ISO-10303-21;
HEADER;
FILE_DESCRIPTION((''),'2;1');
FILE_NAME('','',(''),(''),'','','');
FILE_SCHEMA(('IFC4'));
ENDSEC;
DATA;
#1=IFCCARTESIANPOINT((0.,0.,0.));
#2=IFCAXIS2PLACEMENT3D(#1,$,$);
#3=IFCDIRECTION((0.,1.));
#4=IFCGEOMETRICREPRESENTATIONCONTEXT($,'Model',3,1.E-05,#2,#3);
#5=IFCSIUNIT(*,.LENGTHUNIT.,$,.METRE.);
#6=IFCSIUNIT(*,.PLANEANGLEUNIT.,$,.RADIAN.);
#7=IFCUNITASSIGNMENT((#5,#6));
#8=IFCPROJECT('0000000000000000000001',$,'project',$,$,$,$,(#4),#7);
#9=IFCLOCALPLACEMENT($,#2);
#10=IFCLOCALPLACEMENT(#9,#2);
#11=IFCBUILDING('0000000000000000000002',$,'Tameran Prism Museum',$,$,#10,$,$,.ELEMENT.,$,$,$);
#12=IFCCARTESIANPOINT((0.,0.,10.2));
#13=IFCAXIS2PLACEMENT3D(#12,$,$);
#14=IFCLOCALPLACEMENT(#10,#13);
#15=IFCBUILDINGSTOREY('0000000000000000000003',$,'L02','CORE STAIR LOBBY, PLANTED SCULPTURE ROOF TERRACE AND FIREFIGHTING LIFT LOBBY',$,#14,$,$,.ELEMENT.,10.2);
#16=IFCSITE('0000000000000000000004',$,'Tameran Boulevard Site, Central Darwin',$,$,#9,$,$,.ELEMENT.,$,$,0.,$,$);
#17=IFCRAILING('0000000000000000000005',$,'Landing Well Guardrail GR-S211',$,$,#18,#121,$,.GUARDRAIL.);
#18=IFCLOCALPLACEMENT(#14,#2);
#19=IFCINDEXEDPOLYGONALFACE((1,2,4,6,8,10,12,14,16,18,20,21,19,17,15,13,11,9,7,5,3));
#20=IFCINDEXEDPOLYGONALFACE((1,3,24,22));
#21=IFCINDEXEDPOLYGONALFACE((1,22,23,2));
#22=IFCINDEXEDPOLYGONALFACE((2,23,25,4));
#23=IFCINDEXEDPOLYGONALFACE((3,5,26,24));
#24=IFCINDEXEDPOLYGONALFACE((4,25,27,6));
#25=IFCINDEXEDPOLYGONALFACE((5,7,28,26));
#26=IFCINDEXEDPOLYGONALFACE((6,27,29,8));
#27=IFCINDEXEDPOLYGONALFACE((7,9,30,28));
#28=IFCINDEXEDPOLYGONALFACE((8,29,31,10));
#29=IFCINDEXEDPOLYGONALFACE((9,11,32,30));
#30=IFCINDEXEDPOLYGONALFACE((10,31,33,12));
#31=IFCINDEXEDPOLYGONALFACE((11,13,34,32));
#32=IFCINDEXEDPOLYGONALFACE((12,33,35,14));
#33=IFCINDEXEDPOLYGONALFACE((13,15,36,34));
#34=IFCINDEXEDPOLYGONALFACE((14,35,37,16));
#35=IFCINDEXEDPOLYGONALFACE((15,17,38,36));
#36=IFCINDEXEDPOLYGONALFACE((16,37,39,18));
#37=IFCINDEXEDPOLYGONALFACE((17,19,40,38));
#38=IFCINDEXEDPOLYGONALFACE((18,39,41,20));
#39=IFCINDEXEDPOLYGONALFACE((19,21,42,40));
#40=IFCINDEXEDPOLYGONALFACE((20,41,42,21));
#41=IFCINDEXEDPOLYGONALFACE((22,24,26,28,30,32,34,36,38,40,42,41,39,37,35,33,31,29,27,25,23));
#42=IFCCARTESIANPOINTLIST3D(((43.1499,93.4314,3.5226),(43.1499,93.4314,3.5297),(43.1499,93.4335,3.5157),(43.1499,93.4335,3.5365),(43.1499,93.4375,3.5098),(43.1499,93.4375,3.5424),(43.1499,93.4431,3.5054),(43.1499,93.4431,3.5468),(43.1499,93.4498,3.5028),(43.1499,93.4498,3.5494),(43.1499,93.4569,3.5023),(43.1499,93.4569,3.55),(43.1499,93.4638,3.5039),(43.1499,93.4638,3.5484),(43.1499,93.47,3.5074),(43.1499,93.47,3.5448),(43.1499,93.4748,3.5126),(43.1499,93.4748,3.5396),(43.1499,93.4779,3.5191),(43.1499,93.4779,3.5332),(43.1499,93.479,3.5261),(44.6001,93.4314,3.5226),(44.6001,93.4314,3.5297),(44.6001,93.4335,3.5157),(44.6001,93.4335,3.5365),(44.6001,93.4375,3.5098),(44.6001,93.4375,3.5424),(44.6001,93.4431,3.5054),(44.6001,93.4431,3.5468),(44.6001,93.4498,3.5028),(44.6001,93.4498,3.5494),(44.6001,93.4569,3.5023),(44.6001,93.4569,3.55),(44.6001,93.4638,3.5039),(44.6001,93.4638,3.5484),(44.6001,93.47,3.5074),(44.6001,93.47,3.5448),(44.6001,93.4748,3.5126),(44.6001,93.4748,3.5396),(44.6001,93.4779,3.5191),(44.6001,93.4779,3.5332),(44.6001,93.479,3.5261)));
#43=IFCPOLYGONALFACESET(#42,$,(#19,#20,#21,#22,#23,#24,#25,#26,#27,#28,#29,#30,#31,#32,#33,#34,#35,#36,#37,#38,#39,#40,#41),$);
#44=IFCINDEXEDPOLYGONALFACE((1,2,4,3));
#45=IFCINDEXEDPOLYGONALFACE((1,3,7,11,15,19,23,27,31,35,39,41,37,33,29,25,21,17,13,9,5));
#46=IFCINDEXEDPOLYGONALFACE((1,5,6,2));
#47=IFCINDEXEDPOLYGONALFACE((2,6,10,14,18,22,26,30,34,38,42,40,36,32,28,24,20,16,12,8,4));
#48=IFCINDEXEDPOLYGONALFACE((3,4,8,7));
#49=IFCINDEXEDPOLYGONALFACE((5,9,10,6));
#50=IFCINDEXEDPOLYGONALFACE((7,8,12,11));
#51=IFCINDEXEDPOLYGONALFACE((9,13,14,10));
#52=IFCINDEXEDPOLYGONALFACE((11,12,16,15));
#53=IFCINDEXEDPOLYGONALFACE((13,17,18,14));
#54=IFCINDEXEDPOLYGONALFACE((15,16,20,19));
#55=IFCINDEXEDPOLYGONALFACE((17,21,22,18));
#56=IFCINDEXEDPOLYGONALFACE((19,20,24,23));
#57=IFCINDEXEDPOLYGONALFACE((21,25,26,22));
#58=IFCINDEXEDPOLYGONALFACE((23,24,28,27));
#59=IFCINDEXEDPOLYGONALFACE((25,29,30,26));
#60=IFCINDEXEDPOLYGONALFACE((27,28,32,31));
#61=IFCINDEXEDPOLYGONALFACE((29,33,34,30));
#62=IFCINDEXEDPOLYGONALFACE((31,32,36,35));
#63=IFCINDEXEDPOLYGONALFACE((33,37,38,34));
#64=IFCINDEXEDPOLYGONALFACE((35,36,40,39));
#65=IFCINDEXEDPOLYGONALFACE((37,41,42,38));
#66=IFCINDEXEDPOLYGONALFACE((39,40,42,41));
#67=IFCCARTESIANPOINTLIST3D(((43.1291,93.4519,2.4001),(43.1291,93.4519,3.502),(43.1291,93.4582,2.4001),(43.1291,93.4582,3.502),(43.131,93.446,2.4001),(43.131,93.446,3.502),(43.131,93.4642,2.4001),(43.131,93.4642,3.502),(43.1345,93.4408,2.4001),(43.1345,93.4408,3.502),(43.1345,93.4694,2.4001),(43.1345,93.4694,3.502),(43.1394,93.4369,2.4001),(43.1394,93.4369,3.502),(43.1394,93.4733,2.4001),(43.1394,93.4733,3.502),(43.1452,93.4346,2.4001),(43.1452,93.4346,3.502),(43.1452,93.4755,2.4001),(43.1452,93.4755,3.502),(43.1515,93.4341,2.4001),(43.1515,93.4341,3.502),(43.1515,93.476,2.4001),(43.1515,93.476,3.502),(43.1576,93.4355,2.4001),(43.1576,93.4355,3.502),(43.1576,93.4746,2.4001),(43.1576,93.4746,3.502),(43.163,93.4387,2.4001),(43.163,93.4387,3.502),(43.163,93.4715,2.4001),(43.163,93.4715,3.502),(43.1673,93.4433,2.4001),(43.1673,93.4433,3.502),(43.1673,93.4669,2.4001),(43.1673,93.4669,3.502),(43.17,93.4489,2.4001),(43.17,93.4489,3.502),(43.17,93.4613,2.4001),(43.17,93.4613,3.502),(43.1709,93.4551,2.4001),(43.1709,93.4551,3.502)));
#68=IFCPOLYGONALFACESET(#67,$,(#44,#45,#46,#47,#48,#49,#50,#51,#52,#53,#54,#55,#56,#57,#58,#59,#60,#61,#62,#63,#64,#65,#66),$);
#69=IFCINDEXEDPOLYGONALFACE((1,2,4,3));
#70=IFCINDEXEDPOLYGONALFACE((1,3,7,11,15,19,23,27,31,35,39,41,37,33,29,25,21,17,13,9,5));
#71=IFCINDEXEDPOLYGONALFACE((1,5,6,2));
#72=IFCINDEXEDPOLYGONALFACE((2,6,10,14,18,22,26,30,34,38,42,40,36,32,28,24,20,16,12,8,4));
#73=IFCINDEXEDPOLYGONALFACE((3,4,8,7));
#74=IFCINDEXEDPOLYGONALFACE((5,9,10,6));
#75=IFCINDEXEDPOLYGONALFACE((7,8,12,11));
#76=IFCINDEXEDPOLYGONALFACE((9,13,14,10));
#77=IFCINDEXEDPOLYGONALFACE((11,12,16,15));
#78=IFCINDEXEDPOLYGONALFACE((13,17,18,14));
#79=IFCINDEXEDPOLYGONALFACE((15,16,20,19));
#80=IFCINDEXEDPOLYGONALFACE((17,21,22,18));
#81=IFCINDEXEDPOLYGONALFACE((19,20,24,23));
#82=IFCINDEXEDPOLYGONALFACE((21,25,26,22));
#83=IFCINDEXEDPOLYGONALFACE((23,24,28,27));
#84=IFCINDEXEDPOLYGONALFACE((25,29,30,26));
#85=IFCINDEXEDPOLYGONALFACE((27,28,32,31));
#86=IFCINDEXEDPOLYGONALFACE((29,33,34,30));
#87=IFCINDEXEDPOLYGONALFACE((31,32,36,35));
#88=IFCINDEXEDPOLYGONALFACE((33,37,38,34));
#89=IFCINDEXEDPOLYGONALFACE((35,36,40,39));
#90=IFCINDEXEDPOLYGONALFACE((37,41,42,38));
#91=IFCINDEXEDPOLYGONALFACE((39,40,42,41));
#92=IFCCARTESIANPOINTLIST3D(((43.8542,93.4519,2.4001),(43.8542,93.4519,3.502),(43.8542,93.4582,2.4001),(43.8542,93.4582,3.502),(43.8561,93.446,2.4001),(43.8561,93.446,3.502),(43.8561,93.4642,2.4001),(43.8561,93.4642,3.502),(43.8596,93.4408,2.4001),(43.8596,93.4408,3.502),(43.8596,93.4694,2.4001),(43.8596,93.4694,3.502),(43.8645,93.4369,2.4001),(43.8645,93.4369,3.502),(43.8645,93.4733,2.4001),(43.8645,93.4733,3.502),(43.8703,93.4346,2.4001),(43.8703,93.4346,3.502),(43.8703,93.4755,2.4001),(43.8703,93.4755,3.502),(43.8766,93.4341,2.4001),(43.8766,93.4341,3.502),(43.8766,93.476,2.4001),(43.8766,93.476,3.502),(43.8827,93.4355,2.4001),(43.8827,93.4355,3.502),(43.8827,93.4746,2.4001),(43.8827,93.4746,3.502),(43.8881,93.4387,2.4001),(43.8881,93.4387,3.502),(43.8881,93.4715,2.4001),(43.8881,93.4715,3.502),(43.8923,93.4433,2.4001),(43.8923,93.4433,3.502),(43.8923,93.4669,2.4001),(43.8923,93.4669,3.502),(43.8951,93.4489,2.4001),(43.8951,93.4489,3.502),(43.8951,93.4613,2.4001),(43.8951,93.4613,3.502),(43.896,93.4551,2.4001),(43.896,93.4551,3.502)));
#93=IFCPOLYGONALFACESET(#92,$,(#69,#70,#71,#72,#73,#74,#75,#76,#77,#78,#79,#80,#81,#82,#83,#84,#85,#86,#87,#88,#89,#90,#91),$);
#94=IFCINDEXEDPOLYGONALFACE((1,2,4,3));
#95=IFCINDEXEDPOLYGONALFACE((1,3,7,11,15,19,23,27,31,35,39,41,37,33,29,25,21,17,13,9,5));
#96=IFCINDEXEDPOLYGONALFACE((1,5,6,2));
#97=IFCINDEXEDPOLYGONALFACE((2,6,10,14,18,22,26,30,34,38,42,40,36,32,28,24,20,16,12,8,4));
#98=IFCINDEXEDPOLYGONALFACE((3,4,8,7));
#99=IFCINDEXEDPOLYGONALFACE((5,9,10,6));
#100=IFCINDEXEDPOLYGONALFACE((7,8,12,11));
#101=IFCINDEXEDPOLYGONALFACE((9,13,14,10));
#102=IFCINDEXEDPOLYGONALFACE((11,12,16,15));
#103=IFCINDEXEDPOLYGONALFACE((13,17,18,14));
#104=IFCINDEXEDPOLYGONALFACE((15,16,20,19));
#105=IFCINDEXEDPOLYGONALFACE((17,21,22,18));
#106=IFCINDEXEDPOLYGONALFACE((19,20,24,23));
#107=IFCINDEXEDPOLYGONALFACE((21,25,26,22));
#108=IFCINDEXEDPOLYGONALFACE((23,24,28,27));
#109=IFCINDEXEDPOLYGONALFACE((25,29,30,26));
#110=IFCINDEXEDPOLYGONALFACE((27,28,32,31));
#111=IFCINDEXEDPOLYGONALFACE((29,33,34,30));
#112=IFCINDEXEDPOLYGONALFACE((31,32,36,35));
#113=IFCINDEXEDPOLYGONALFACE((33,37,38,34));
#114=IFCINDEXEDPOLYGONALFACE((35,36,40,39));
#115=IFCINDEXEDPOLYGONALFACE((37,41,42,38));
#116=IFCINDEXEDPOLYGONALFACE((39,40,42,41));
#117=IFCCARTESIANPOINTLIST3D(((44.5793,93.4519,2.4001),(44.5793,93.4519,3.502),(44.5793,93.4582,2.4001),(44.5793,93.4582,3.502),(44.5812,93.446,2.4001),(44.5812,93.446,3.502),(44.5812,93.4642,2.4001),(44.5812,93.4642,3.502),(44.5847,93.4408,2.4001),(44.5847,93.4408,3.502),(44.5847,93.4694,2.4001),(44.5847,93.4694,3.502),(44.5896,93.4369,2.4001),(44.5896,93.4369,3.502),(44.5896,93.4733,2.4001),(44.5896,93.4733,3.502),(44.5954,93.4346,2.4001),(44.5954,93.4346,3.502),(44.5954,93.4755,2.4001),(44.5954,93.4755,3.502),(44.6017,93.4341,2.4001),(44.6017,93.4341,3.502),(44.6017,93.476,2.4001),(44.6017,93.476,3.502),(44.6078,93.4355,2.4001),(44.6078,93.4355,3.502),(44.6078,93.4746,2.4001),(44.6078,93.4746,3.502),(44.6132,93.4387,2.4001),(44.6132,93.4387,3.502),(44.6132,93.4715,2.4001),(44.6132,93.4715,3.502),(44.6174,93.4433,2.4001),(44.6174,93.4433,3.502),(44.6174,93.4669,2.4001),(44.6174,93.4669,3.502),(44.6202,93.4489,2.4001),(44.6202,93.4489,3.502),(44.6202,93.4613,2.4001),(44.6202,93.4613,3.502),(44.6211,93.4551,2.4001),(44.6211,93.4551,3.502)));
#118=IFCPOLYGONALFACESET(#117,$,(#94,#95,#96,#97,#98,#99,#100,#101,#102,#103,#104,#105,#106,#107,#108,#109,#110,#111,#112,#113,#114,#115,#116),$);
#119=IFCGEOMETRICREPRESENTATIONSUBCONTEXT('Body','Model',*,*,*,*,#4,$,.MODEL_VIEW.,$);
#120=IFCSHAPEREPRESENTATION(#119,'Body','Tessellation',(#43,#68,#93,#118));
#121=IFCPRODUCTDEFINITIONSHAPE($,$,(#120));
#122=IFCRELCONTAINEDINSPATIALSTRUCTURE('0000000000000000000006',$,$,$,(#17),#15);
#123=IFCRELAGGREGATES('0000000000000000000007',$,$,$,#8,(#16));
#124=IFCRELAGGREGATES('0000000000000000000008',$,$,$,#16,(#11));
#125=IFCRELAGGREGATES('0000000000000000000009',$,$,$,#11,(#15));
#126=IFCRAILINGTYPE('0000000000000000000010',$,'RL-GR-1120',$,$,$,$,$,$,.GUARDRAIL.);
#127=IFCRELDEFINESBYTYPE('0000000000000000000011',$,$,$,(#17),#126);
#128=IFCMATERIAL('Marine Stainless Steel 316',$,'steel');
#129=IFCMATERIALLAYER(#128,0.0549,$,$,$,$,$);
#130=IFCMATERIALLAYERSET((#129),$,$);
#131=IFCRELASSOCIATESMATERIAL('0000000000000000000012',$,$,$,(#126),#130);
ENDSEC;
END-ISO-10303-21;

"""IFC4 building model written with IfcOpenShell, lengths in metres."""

from ifc_helpers import new_model, si_unit, direction, frame, origin, origin_2d, place, context, subcontext, project, spatial, circle, extrude, material, layer, layer_set, type_object, element, save


model = new_model("IFC4")

# Units and contexts
model_context = context("Model", 3, precision=1e-05, world=origin(), true_north=direction((0.0, 1.0)))
body_context = subcontext(model_context, "Body", "Model", "MODEL_VIEW")
ifc_project = project(units=[si_unit("LENGTHUNIT", "METRE"), si_unit("PLANEANGLEUNIT", "RADIAN")], contexts=[model_context])

# Site, building, storey
site_placement = place(None, origin())
site = spatial("IfcSite", under=ifc_project, at=site_placement, Name="Tameran Boulevard Site, Central Darwin", CompositionType="ELEMENT", RefElevation=0.0)
building_placement = place(site_placement, origin())
building = spatial("IfcBuilding", under=site, at=building_placement, Name="Tameran Prism Museum", CompositionType="ELEMENT")
storey_placement = place(building_placement, frame((0.0, 0.0, 10.2)))
storey = spatial("IfcBuildingStorey", under=building, at=storey_placement, Name="L02", Description="CORE STAIR LOBBY, PLANTED SCULPTURE ROOF TERRACE AND FIREFIGHTING LIFT LOBBY", CompositionType="ELEMENT", Elevation=10.2)

# Railing
ifc_material_1 = material(Name="Marine Stainless Steel 316", Category="steel")
ifc_layer_1 = layer(ifc_material_1, 0.0549)
ifc_layer_set_1 = layer_set([ifc_layer_1])
railing_type_1 = type_object("IfcRailingType", Name="RL-GR-1120", PredefinedType="GUARDRAIL", material=ifc_layer_set_1)
railing_1_placement = place(storey_placement, frame((43.1499, 93.4551, 2.4001)))
element("IfcRailing", 1, at=railing_1_placement, inside=storey, type_object=railing_type_1, Name="Landing Well Guardrail GR-S211", PredefinedType="GUARDRAIL", context=body_context, shape_type="SweptSolid", body=[
    extrude(circle(Radius=0.0239, at=origin_2d()), frame((0.0, 0.0, 1.126), z_axis=(1.0, 0.0, 0.0), x_axis=(0.0, 1.0, 0.0)), (0.0, 0.0, 1.0), 1.4502),
    extrude(circle(Radius=0.021, at=origin_2d()), origin(), (0.0, 0.0, 1.0), 1.1018),
    extrude(circle(Radius=0.021, at=origin_2d()), frame((0.7251, 0.0, 0.0)), (0.0, 0.0, 1.0), 1.1018),
    extrude(circle(Radius=0.021, at=origin_2d()), frame((1.4502, 0.0, 0.0)), (0.0, 0.0, 1.0), 1.1018),
])

save(model, "model.ifc")
